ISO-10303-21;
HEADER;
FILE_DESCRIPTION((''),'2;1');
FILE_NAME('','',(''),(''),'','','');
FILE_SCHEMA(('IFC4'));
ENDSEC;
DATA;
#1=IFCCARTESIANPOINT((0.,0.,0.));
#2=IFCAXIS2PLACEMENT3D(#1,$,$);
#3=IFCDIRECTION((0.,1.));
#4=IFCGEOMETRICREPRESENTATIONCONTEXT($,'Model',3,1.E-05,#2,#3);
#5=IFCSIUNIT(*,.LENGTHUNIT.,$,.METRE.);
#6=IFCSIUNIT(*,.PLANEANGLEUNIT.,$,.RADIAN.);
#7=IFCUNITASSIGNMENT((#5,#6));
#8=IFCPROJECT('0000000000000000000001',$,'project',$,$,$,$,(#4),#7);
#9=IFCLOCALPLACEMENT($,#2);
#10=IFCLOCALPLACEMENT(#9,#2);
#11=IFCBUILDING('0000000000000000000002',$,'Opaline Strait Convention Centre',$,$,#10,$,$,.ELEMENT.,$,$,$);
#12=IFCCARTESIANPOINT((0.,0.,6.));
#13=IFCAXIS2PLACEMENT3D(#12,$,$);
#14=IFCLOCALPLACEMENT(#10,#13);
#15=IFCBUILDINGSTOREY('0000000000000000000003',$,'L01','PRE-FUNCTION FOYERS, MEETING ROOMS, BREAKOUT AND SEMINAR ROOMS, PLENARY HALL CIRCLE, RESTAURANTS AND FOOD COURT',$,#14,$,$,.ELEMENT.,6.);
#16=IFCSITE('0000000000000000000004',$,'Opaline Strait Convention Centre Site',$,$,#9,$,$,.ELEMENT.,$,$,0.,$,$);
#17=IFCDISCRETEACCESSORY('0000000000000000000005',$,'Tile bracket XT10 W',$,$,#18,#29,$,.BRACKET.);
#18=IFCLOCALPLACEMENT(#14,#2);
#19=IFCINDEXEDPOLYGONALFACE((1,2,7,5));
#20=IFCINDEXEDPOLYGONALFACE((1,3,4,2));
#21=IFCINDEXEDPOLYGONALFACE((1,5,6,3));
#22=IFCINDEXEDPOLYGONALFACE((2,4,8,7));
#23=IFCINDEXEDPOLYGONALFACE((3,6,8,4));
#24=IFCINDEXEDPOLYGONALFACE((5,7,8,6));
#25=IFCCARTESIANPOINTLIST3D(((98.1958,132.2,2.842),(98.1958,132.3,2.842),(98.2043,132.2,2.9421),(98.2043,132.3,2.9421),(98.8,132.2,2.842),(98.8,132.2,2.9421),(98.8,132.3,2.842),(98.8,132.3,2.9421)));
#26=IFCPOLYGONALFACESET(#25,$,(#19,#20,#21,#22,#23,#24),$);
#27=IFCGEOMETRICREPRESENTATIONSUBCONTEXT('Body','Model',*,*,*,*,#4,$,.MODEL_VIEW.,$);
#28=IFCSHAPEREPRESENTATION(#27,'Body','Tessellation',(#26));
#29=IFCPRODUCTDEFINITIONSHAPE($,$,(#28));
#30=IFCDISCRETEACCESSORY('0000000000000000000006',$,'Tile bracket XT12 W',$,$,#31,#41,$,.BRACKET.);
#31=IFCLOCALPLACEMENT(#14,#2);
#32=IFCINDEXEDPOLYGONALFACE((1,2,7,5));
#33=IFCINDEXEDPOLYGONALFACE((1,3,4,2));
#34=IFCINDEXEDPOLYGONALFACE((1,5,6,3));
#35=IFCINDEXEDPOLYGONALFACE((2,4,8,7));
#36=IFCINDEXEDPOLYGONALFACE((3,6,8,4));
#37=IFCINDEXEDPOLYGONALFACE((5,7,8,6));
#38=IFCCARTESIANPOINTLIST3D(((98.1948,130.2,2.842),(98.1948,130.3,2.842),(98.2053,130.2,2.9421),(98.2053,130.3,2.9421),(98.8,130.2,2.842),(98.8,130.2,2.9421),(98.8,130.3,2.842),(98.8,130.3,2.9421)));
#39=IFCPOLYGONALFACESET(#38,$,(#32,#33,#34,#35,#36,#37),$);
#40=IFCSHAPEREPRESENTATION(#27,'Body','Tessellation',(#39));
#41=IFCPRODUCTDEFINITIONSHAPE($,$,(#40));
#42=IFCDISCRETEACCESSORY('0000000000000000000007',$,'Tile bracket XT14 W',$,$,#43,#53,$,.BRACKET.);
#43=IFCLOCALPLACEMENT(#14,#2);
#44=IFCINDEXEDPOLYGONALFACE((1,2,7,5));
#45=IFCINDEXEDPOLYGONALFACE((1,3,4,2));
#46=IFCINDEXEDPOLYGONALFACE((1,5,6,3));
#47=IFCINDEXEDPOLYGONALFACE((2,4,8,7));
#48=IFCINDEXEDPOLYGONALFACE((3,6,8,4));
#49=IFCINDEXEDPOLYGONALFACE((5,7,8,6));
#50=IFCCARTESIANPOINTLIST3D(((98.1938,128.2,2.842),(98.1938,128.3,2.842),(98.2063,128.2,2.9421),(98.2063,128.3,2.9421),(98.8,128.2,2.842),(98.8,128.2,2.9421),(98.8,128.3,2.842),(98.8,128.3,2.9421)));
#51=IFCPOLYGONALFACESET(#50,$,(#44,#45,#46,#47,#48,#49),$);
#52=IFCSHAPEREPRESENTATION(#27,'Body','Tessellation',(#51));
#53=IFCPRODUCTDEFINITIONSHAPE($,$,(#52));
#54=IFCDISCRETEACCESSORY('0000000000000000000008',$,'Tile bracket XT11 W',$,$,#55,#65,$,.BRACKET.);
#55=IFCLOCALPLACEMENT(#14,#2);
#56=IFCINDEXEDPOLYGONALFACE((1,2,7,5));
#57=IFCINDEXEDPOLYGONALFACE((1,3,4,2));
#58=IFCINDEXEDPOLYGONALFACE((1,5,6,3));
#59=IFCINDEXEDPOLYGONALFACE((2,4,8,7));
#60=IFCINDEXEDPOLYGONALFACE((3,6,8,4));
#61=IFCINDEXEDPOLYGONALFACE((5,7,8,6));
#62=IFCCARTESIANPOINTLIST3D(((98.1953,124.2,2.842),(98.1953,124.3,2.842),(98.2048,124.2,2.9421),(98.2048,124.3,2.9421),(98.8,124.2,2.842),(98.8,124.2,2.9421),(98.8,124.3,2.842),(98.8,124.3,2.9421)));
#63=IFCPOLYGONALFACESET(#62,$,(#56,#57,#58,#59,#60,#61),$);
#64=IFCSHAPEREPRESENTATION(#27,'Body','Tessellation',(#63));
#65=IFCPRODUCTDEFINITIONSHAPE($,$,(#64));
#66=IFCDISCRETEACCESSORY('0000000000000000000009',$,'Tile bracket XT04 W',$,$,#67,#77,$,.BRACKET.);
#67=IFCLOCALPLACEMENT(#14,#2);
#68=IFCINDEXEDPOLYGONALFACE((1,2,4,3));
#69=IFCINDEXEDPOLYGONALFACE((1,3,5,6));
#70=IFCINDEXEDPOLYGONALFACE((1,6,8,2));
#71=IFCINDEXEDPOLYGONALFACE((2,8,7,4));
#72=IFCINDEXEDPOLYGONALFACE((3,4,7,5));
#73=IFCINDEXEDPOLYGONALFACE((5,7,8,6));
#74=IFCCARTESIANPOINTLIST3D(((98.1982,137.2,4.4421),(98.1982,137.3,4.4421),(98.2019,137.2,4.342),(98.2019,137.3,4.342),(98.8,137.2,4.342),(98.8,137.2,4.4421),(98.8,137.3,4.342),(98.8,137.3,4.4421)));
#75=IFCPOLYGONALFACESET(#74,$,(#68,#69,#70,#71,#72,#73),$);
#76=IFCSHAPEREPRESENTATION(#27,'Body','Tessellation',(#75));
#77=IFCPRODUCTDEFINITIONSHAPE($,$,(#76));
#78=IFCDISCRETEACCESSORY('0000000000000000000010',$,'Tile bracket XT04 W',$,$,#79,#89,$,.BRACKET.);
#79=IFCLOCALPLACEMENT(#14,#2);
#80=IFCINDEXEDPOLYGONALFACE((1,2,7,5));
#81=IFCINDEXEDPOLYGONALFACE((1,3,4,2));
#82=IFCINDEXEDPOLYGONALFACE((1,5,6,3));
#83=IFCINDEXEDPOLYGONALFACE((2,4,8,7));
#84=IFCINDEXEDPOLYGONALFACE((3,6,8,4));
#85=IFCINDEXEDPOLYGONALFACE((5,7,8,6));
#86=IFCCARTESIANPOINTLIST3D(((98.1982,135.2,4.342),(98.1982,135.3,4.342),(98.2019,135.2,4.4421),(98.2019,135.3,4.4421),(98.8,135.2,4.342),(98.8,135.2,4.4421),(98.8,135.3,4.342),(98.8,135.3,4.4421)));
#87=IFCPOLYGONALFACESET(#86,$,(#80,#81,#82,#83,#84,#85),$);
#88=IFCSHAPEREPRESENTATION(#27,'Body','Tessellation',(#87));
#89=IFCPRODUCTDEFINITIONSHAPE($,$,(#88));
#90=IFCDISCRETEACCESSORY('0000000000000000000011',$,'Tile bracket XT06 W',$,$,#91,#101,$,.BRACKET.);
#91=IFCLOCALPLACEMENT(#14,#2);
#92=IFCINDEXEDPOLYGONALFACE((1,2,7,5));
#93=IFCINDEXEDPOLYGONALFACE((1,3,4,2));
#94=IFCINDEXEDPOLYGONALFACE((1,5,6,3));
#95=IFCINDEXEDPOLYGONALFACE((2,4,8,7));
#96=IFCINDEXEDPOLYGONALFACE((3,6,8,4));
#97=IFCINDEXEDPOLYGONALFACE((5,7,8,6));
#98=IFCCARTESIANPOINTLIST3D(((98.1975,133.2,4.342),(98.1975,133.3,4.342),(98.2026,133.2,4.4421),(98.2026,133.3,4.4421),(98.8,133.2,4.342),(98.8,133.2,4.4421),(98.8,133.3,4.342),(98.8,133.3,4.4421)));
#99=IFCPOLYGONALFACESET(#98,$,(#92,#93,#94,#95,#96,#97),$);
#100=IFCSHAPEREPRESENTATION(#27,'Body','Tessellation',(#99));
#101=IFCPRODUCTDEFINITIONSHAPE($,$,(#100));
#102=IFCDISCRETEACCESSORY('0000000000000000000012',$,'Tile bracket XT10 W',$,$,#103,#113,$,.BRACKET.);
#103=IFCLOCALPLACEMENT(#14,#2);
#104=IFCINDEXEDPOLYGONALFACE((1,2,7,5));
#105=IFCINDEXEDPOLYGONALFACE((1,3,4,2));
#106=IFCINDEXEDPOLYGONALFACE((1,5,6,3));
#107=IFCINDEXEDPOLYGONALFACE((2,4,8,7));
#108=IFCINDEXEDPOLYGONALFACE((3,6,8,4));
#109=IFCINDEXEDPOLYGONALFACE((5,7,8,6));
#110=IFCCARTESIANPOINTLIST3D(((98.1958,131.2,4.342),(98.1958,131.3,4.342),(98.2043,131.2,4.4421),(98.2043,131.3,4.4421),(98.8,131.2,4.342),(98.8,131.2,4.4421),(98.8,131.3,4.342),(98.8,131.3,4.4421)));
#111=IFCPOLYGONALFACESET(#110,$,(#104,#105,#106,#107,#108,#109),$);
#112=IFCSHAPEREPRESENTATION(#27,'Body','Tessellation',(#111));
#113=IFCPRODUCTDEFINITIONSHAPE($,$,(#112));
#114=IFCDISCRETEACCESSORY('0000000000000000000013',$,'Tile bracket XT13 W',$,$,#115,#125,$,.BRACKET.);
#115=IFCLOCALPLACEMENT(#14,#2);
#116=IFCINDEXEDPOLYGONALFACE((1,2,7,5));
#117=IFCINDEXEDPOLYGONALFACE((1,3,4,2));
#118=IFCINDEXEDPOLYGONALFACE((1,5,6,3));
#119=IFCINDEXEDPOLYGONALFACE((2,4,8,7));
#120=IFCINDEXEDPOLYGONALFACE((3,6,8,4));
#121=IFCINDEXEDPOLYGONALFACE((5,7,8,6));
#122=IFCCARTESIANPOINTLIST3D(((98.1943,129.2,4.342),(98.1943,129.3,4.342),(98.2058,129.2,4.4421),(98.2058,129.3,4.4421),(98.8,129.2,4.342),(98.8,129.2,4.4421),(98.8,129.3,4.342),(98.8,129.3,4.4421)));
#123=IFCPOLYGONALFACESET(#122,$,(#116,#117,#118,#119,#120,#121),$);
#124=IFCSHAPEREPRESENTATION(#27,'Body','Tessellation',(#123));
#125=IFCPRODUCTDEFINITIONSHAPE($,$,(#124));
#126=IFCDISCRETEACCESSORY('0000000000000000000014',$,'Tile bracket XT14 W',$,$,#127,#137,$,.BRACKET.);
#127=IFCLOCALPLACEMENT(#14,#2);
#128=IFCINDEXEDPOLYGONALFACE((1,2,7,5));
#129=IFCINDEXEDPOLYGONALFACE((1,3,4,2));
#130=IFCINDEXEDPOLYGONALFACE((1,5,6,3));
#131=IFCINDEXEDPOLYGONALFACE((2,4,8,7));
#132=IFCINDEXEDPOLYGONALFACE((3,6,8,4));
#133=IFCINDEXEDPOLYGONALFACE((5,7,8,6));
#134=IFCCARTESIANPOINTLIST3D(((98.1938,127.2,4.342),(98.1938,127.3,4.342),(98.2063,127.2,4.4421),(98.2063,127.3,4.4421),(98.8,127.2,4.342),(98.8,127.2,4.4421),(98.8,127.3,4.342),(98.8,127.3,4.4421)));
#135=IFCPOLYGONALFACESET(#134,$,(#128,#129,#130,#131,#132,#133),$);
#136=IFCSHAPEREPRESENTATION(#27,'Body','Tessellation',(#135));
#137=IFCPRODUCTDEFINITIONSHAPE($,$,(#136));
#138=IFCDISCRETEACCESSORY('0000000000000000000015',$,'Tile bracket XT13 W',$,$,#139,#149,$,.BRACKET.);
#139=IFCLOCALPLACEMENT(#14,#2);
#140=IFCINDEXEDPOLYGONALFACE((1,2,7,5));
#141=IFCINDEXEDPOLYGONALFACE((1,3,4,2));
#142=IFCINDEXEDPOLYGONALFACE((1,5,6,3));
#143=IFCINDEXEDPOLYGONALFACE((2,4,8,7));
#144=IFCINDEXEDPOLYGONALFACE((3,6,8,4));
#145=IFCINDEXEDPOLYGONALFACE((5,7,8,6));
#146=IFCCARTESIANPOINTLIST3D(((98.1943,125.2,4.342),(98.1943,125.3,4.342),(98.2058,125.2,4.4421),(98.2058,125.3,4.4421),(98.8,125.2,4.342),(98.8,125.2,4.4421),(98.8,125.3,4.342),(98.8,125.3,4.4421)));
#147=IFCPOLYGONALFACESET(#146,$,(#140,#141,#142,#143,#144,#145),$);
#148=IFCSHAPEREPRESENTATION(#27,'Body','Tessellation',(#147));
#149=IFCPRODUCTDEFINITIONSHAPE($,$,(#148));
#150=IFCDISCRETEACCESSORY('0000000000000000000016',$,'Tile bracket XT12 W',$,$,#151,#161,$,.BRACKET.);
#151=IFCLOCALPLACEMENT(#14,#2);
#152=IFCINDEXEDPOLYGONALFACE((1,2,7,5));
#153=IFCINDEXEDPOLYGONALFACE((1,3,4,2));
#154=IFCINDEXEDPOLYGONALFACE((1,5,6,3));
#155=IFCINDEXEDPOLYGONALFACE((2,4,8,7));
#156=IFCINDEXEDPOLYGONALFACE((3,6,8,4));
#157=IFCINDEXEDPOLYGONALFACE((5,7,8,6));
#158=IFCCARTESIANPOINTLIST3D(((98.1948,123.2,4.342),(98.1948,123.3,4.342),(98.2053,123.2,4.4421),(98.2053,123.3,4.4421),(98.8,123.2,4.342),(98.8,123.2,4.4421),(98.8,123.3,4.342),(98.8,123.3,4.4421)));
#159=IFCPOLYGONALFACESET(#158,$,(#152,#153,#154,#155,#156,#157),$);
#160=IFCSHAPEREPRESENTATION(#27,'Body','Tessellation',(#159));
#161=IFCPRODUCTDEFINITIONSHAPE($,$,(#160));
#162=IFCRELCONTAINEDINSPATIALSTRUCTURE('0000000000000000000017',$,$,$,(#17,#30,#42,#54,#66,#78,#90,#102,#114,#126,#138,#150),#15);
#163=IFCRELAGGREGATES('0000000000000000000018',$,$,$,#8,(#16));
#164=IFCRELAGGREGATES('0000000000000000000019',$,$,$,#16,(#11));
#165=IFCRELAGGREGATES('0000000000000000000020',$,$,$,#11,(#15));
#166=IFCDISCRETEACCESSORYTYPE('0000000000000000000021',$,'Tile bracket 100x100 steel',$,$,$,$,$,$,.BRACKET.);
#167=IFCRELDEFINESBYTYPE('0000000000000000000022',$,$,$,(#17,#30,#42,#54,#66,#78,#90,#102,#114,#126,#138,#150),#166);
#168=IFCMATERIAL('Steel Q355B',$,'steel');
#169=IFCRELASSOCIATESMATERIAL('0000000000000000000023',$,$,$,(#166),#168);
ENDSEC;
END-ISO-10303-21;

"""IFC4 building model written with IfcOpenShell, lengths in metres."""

from ifc_helpers import new_model, si_unit, direction, frame, origin, place, context, subcontext, project, spatial, polyline, outline, extrude, material, type_object, element, save


model = new_model("IFC4")

# Units and contexts
model_context = context("Model", 3, precision=1e-05, world=origin(), true_north=direction((0.0, 1.0)))
body_context = subcontext(model_context, "Body", "Model", "MODEL_VIEW")
ifc_project = project(units=[si_unit("LENGTHUNIT", "METRE"), si_unit("PLANEANGLEUNIT", "RADIAN")], contexts=[model_context])

# Site, building, storey
site_placement = place(None, origin())
site = spatial("IfcSite", under=ifc_project, at=site_placement, Name="Opaline Strait Convention Centre Site", CompositionType="ELEMENT", RefElevation=0.0)
building_placement = place(site_placement, origin())
building = spatial("IfcBuilding", under=site, at=building_placement, Name="Opaline Strait Convention Centre", CompositionType="ELEMENT")
storey_placement = place(building_placement, frame((0.0, 0.0, 6.0)))
storey = spatial("IfcBuildingStorey", under=building, at=storey_placement, Name="L01", Description="PRE-FUNCTION FOYERS, MEETING ROOMS, BREAKOUT AND SEMINAR ROOMS, PLENARY HALL CIRCLE, RESTAURANTS AND FOOD COURT", CompositionType="ELEMENT", Elevation=6.0)

# Shared definitions
ifc_material_1 = material(Name="Steel Q355B", Category="steel")

# Discrete accessories
discrete_accessory_type = type_object("IfcDiscreteAccessoryType", Name="Tile bracket 100x100 steel", PredefinedType="BRACKET", material=ifc_material_1)
discrete_accessory_1_placement = place(storey_placement, frame((98.8, 132.3, 2.8921), z_axis=(0.0, -1.0, 0.0), x_axis=(1.0, 0.0, 0.0)))
element("IfcDiscreteAccessory", 1, at=discrete_accessory_1_placement, inside=storey, type_object=discrete_accessory_type, Name="Tile bracket XT10 W", PredefinedType="BRACKET", context=body_context, shape_type="SweptSolid", body=[
    extrude(outline(polyline([(0.0, -0.05), (0.0, 0.05), (-0.5957, 0.05), (-0.6042, -0.05), (0.0, -0.05)])), origin(), (0.0, 0.0, 1.0), 0.1001),
])
discrete_accessory_2_placement = place(storey_placement, frame((98.8, 130.3, 2.8921), z_axis=(0.0, -1.0, 0.0), x_axis=(1.0, 0.0, 0.0)))
element("IfcDiscreteAccessory", 2, at=discrete_accessory_2_placement, inside=storey, type_object=discrete_accessory_type, Name="Tile bracket XT12 W", PredefinedType="BRACKET", context=body_context, shape_type="SweptSolid", body=[
    extrude(outline(polyline([(0.0, -0.05), (0.0, 0.05), (-0.5947, 0.05), (-0.6052, -0.05), (0.0, -0.05)])), origin(), (0.0, 0.0, 1.0), 0.1001),
])
discrete_accessory_3_placement = place(storey_placement, frame((98.8, 128.3, 2.8921), z_axis=(0.0, -1.0, 0.0), x_axis=(1.0, 0.0, 0.0)))
element("IfcDiscreteAccessory", 3, at=discrete_accessory_3_placement, inside=storey, type_object=discrete_accessory_type, Name="Tile bracket XT14 W", PredefinedType="BRACKET", context=body_context, shape_type="SweptSolid", body=[
    extrude(outline(polyline([(0.0, -0.05), (0.0, 0.05), (-0.5938, 0.05), (-0.6062, -0.05), (0.0, -0.05)])), origin(), (0.0, 0.0, 1.0), 0.1001),
])
discrete_accessory_4_placement = place(storey_placement, frame((98.8, 124.3, 2.8921), z_axis=(0.0, -1.0, 0.0), x_axis=(1.0, 0.0, 0.0)))
element("IfcDiscreteAccessory", 4, at=discrete_accessory_4_placement, inside=storey, type_object=discrete_accessory_type, Name="Tile bracket XT11 W", PredefinedType="BRACKET", context=body_context, shape_type="SweptSolid", body=[
    extrude(outline(polyline([(0.0, -0.05), (0.0, 0.05), (-0.5952, 0.05), (-0.6047, -0.05), (0.0, -0.05)])), origin(), (0.0, 0.0, 1.0), 0.1001),
])
discrete_accessory_5_placement = place(storey_placement, frame((98.8, 137.3, 4.3921), z_axis=(0.0, -1.0, 0.0), x_axis=(1.0, 0.0, 0.0)))
element("IfcDiscreteAccessory", 5, at=discrete_accessory_5_placement, inside=storey, type_object=discrete_accessory_type, Name="Tile bracket XT04 W", PredefinedType="BRACKET", context=body_context, shape_type="SweptSolid", body=[
    extrude(outline(polyline([(0.0, -0.05), (0.0, 0.05), (-0.6018, 0.05), (-0.5981, -0.05), (0.0, -0.05)])), origin(), (0.0, 0.0, 1.0), 0.1001),
])
discrete_accessory_6_placement = place(storey_placement, frame((98.8, 135.3, 4.3921), z_axis=(0.0, -1.0, 0.0), x_axis=(1.0, 0.0, 0.0)))
element("IfcDiscreteAccessory", 6, at=discrete_accessory_6_placement, inside=storey, type_object=discrete_accessory_type, Name="Tile bracket XT04 W", PredefinedType="BRACKET", context=body_context, shape_type="SweptSolid", body=[
    extrude(outline(polyline([(0.0, -0.05), (0.0, 0.05), (-0.5981, 0.05), (-0.6018, -0.05), (0.0, -0.05)])), origin(), (0.0, 0.0, 1.0), 0.1001),
])
discrete_accessory_7_placement = place(storey_placement, frame((98.8, 133.3, 4.3921), z_axis=(0.0, -1.0, 0.0), x_axis=(1.0, 0.0, 0.0)))
element("IfcDiscreteAccessory", 7, at=discrete_accessory_7_placement, inside=storey, type_object=discrete_accessory_type, Name="Tile bracket XT06 W", PredefinedType="BRACKET", context=body_context, shape_type="SweptSolid", body=[
    extrude(outline(polyline([(0.0, -0.05), (0.0, 0.05), (-0.5974, 0.05), (-0.6025, -0.05), (0.0, -0.05)])), origin(), (0.0, 0.0, 1.0), 0.1001),
])
discrete_accessory_8_placement = place(storey_placement, frame((98.8, 131.3, 4.3921), z_axis=(0.0, -1.0, 0.0), x_axis=(1.0, 0.0, 0.0)))
element("IfcDiscreteAccessory", 8, at=discrete_accessory_8_placement, inside=storey, type_object=discrete_accessory_type, Name="Tile bracket XT10 W", PredefinedType="BRACKET", context=body_context, shape_type="SweptSolid", body=[
    extrude(outline(polyline([(0.0, -0.05), (0.0, 0.05), (-0.5957, 0.05), (-0.6042, -0.05), (0.0, -0.05)])), origin(), (0.0, 0.0, 1.0), 0.1001),
])
discrete_accessory_9_placement = place(storey_placement, frame((98.8, 129.3, 4.3921), z_axis=(0.0, -1.0, 0.0), x_axis=(1.0, 0.0, 0.0)))
element("IfcDiscreteAccessory", 9, at=discrete_accessory_9_placement, inside=storey, type_object=discrete_accessory_type, Name="Tile bracket XT13 W", PredefinedType="BRACKET", context=body_context, shape_type="SweptSolid", body=[
    extrude(outline(polyline([(0.0, -0.05), (0.0, 0.05), (-0.5942, 0.05), (-0.6057, -0.05), (0.0, -0.05)])), origin(), (0.0, 0.0, 1.0), 0.1001),
])
discrete_accessory_10_placement = place(storey_placement, frame((98.8, 127.3, 4.3921), z_axis=(0.0, -1.0, 0.0), x_axis=(1.0, 0.0, 0.0)))
element("IfcDiscreteAccessory", 10, at=discrete_accessory_10_placement, inside=storey, type_object=discrete_accessory_type, Name="Tile bracket XT14 W", PredefinedType="BRACKET", context=body_context, shape_type="SweptSolid", body=[
    extrude(outline(polyline([(0.0, -0.05), (0.0, 0.05), (-0.5938, 0.05), (-0.6062, -0.05), (0.0, -0.05)])), origin(), (0.0, 0.0, 1.0), 0.1001),
])
discrete_accessory_11_placement = place(storey_placement, frame((98.8, 125.3, 4.3921), z_axis=(0.0, -1.0, 0.0), x_axis=(1.0, 0.0, 0.0)))
element("IfcDiscreteAccessory", 11, at=discrete_accessory_11_placement, inside=storey, type_object=discrete_accessory_type, Name="Tile bracket XT13 W", PredefinedType="BRACKET", context=body_context, shape_type="SweptSolid", body=[
    extrude(outline(polyline([(0.0, -0.05), (0.0, 0.05), (-0.5942, 0.05), (-0.6057, -0.05), (0.0, -0.05)])), origin(), (0.0, 0.0, 1.0), 0.1001),
])
discrete_accessory_12_placement = place(storey_placement, frame((98.8, 123.3, 4.3921), z_axis=(0.0, -1.0, 0.0), x_axis=(1.0, 0.0, 0.0)))
element("IfcDiscreteAccessory", 12, at=discrete_accessory_12_placement, inside=storey, type_object=discrete_accessory_type, Name="Tile bracket XT12 W", PredefinedType="BRACKET", context=body_context, shape_type="SweptSolid", body=[
    extrude(outline(polyline([(0.0, -0.05), (0.0, 0.05), (-0.5947, 0.05), (-0.6052, -0.05), (0.0, -0.05)])), origin(), (0.0, 0.0, 1.0), 0.1001),
])

save(model, "model.ifc")
